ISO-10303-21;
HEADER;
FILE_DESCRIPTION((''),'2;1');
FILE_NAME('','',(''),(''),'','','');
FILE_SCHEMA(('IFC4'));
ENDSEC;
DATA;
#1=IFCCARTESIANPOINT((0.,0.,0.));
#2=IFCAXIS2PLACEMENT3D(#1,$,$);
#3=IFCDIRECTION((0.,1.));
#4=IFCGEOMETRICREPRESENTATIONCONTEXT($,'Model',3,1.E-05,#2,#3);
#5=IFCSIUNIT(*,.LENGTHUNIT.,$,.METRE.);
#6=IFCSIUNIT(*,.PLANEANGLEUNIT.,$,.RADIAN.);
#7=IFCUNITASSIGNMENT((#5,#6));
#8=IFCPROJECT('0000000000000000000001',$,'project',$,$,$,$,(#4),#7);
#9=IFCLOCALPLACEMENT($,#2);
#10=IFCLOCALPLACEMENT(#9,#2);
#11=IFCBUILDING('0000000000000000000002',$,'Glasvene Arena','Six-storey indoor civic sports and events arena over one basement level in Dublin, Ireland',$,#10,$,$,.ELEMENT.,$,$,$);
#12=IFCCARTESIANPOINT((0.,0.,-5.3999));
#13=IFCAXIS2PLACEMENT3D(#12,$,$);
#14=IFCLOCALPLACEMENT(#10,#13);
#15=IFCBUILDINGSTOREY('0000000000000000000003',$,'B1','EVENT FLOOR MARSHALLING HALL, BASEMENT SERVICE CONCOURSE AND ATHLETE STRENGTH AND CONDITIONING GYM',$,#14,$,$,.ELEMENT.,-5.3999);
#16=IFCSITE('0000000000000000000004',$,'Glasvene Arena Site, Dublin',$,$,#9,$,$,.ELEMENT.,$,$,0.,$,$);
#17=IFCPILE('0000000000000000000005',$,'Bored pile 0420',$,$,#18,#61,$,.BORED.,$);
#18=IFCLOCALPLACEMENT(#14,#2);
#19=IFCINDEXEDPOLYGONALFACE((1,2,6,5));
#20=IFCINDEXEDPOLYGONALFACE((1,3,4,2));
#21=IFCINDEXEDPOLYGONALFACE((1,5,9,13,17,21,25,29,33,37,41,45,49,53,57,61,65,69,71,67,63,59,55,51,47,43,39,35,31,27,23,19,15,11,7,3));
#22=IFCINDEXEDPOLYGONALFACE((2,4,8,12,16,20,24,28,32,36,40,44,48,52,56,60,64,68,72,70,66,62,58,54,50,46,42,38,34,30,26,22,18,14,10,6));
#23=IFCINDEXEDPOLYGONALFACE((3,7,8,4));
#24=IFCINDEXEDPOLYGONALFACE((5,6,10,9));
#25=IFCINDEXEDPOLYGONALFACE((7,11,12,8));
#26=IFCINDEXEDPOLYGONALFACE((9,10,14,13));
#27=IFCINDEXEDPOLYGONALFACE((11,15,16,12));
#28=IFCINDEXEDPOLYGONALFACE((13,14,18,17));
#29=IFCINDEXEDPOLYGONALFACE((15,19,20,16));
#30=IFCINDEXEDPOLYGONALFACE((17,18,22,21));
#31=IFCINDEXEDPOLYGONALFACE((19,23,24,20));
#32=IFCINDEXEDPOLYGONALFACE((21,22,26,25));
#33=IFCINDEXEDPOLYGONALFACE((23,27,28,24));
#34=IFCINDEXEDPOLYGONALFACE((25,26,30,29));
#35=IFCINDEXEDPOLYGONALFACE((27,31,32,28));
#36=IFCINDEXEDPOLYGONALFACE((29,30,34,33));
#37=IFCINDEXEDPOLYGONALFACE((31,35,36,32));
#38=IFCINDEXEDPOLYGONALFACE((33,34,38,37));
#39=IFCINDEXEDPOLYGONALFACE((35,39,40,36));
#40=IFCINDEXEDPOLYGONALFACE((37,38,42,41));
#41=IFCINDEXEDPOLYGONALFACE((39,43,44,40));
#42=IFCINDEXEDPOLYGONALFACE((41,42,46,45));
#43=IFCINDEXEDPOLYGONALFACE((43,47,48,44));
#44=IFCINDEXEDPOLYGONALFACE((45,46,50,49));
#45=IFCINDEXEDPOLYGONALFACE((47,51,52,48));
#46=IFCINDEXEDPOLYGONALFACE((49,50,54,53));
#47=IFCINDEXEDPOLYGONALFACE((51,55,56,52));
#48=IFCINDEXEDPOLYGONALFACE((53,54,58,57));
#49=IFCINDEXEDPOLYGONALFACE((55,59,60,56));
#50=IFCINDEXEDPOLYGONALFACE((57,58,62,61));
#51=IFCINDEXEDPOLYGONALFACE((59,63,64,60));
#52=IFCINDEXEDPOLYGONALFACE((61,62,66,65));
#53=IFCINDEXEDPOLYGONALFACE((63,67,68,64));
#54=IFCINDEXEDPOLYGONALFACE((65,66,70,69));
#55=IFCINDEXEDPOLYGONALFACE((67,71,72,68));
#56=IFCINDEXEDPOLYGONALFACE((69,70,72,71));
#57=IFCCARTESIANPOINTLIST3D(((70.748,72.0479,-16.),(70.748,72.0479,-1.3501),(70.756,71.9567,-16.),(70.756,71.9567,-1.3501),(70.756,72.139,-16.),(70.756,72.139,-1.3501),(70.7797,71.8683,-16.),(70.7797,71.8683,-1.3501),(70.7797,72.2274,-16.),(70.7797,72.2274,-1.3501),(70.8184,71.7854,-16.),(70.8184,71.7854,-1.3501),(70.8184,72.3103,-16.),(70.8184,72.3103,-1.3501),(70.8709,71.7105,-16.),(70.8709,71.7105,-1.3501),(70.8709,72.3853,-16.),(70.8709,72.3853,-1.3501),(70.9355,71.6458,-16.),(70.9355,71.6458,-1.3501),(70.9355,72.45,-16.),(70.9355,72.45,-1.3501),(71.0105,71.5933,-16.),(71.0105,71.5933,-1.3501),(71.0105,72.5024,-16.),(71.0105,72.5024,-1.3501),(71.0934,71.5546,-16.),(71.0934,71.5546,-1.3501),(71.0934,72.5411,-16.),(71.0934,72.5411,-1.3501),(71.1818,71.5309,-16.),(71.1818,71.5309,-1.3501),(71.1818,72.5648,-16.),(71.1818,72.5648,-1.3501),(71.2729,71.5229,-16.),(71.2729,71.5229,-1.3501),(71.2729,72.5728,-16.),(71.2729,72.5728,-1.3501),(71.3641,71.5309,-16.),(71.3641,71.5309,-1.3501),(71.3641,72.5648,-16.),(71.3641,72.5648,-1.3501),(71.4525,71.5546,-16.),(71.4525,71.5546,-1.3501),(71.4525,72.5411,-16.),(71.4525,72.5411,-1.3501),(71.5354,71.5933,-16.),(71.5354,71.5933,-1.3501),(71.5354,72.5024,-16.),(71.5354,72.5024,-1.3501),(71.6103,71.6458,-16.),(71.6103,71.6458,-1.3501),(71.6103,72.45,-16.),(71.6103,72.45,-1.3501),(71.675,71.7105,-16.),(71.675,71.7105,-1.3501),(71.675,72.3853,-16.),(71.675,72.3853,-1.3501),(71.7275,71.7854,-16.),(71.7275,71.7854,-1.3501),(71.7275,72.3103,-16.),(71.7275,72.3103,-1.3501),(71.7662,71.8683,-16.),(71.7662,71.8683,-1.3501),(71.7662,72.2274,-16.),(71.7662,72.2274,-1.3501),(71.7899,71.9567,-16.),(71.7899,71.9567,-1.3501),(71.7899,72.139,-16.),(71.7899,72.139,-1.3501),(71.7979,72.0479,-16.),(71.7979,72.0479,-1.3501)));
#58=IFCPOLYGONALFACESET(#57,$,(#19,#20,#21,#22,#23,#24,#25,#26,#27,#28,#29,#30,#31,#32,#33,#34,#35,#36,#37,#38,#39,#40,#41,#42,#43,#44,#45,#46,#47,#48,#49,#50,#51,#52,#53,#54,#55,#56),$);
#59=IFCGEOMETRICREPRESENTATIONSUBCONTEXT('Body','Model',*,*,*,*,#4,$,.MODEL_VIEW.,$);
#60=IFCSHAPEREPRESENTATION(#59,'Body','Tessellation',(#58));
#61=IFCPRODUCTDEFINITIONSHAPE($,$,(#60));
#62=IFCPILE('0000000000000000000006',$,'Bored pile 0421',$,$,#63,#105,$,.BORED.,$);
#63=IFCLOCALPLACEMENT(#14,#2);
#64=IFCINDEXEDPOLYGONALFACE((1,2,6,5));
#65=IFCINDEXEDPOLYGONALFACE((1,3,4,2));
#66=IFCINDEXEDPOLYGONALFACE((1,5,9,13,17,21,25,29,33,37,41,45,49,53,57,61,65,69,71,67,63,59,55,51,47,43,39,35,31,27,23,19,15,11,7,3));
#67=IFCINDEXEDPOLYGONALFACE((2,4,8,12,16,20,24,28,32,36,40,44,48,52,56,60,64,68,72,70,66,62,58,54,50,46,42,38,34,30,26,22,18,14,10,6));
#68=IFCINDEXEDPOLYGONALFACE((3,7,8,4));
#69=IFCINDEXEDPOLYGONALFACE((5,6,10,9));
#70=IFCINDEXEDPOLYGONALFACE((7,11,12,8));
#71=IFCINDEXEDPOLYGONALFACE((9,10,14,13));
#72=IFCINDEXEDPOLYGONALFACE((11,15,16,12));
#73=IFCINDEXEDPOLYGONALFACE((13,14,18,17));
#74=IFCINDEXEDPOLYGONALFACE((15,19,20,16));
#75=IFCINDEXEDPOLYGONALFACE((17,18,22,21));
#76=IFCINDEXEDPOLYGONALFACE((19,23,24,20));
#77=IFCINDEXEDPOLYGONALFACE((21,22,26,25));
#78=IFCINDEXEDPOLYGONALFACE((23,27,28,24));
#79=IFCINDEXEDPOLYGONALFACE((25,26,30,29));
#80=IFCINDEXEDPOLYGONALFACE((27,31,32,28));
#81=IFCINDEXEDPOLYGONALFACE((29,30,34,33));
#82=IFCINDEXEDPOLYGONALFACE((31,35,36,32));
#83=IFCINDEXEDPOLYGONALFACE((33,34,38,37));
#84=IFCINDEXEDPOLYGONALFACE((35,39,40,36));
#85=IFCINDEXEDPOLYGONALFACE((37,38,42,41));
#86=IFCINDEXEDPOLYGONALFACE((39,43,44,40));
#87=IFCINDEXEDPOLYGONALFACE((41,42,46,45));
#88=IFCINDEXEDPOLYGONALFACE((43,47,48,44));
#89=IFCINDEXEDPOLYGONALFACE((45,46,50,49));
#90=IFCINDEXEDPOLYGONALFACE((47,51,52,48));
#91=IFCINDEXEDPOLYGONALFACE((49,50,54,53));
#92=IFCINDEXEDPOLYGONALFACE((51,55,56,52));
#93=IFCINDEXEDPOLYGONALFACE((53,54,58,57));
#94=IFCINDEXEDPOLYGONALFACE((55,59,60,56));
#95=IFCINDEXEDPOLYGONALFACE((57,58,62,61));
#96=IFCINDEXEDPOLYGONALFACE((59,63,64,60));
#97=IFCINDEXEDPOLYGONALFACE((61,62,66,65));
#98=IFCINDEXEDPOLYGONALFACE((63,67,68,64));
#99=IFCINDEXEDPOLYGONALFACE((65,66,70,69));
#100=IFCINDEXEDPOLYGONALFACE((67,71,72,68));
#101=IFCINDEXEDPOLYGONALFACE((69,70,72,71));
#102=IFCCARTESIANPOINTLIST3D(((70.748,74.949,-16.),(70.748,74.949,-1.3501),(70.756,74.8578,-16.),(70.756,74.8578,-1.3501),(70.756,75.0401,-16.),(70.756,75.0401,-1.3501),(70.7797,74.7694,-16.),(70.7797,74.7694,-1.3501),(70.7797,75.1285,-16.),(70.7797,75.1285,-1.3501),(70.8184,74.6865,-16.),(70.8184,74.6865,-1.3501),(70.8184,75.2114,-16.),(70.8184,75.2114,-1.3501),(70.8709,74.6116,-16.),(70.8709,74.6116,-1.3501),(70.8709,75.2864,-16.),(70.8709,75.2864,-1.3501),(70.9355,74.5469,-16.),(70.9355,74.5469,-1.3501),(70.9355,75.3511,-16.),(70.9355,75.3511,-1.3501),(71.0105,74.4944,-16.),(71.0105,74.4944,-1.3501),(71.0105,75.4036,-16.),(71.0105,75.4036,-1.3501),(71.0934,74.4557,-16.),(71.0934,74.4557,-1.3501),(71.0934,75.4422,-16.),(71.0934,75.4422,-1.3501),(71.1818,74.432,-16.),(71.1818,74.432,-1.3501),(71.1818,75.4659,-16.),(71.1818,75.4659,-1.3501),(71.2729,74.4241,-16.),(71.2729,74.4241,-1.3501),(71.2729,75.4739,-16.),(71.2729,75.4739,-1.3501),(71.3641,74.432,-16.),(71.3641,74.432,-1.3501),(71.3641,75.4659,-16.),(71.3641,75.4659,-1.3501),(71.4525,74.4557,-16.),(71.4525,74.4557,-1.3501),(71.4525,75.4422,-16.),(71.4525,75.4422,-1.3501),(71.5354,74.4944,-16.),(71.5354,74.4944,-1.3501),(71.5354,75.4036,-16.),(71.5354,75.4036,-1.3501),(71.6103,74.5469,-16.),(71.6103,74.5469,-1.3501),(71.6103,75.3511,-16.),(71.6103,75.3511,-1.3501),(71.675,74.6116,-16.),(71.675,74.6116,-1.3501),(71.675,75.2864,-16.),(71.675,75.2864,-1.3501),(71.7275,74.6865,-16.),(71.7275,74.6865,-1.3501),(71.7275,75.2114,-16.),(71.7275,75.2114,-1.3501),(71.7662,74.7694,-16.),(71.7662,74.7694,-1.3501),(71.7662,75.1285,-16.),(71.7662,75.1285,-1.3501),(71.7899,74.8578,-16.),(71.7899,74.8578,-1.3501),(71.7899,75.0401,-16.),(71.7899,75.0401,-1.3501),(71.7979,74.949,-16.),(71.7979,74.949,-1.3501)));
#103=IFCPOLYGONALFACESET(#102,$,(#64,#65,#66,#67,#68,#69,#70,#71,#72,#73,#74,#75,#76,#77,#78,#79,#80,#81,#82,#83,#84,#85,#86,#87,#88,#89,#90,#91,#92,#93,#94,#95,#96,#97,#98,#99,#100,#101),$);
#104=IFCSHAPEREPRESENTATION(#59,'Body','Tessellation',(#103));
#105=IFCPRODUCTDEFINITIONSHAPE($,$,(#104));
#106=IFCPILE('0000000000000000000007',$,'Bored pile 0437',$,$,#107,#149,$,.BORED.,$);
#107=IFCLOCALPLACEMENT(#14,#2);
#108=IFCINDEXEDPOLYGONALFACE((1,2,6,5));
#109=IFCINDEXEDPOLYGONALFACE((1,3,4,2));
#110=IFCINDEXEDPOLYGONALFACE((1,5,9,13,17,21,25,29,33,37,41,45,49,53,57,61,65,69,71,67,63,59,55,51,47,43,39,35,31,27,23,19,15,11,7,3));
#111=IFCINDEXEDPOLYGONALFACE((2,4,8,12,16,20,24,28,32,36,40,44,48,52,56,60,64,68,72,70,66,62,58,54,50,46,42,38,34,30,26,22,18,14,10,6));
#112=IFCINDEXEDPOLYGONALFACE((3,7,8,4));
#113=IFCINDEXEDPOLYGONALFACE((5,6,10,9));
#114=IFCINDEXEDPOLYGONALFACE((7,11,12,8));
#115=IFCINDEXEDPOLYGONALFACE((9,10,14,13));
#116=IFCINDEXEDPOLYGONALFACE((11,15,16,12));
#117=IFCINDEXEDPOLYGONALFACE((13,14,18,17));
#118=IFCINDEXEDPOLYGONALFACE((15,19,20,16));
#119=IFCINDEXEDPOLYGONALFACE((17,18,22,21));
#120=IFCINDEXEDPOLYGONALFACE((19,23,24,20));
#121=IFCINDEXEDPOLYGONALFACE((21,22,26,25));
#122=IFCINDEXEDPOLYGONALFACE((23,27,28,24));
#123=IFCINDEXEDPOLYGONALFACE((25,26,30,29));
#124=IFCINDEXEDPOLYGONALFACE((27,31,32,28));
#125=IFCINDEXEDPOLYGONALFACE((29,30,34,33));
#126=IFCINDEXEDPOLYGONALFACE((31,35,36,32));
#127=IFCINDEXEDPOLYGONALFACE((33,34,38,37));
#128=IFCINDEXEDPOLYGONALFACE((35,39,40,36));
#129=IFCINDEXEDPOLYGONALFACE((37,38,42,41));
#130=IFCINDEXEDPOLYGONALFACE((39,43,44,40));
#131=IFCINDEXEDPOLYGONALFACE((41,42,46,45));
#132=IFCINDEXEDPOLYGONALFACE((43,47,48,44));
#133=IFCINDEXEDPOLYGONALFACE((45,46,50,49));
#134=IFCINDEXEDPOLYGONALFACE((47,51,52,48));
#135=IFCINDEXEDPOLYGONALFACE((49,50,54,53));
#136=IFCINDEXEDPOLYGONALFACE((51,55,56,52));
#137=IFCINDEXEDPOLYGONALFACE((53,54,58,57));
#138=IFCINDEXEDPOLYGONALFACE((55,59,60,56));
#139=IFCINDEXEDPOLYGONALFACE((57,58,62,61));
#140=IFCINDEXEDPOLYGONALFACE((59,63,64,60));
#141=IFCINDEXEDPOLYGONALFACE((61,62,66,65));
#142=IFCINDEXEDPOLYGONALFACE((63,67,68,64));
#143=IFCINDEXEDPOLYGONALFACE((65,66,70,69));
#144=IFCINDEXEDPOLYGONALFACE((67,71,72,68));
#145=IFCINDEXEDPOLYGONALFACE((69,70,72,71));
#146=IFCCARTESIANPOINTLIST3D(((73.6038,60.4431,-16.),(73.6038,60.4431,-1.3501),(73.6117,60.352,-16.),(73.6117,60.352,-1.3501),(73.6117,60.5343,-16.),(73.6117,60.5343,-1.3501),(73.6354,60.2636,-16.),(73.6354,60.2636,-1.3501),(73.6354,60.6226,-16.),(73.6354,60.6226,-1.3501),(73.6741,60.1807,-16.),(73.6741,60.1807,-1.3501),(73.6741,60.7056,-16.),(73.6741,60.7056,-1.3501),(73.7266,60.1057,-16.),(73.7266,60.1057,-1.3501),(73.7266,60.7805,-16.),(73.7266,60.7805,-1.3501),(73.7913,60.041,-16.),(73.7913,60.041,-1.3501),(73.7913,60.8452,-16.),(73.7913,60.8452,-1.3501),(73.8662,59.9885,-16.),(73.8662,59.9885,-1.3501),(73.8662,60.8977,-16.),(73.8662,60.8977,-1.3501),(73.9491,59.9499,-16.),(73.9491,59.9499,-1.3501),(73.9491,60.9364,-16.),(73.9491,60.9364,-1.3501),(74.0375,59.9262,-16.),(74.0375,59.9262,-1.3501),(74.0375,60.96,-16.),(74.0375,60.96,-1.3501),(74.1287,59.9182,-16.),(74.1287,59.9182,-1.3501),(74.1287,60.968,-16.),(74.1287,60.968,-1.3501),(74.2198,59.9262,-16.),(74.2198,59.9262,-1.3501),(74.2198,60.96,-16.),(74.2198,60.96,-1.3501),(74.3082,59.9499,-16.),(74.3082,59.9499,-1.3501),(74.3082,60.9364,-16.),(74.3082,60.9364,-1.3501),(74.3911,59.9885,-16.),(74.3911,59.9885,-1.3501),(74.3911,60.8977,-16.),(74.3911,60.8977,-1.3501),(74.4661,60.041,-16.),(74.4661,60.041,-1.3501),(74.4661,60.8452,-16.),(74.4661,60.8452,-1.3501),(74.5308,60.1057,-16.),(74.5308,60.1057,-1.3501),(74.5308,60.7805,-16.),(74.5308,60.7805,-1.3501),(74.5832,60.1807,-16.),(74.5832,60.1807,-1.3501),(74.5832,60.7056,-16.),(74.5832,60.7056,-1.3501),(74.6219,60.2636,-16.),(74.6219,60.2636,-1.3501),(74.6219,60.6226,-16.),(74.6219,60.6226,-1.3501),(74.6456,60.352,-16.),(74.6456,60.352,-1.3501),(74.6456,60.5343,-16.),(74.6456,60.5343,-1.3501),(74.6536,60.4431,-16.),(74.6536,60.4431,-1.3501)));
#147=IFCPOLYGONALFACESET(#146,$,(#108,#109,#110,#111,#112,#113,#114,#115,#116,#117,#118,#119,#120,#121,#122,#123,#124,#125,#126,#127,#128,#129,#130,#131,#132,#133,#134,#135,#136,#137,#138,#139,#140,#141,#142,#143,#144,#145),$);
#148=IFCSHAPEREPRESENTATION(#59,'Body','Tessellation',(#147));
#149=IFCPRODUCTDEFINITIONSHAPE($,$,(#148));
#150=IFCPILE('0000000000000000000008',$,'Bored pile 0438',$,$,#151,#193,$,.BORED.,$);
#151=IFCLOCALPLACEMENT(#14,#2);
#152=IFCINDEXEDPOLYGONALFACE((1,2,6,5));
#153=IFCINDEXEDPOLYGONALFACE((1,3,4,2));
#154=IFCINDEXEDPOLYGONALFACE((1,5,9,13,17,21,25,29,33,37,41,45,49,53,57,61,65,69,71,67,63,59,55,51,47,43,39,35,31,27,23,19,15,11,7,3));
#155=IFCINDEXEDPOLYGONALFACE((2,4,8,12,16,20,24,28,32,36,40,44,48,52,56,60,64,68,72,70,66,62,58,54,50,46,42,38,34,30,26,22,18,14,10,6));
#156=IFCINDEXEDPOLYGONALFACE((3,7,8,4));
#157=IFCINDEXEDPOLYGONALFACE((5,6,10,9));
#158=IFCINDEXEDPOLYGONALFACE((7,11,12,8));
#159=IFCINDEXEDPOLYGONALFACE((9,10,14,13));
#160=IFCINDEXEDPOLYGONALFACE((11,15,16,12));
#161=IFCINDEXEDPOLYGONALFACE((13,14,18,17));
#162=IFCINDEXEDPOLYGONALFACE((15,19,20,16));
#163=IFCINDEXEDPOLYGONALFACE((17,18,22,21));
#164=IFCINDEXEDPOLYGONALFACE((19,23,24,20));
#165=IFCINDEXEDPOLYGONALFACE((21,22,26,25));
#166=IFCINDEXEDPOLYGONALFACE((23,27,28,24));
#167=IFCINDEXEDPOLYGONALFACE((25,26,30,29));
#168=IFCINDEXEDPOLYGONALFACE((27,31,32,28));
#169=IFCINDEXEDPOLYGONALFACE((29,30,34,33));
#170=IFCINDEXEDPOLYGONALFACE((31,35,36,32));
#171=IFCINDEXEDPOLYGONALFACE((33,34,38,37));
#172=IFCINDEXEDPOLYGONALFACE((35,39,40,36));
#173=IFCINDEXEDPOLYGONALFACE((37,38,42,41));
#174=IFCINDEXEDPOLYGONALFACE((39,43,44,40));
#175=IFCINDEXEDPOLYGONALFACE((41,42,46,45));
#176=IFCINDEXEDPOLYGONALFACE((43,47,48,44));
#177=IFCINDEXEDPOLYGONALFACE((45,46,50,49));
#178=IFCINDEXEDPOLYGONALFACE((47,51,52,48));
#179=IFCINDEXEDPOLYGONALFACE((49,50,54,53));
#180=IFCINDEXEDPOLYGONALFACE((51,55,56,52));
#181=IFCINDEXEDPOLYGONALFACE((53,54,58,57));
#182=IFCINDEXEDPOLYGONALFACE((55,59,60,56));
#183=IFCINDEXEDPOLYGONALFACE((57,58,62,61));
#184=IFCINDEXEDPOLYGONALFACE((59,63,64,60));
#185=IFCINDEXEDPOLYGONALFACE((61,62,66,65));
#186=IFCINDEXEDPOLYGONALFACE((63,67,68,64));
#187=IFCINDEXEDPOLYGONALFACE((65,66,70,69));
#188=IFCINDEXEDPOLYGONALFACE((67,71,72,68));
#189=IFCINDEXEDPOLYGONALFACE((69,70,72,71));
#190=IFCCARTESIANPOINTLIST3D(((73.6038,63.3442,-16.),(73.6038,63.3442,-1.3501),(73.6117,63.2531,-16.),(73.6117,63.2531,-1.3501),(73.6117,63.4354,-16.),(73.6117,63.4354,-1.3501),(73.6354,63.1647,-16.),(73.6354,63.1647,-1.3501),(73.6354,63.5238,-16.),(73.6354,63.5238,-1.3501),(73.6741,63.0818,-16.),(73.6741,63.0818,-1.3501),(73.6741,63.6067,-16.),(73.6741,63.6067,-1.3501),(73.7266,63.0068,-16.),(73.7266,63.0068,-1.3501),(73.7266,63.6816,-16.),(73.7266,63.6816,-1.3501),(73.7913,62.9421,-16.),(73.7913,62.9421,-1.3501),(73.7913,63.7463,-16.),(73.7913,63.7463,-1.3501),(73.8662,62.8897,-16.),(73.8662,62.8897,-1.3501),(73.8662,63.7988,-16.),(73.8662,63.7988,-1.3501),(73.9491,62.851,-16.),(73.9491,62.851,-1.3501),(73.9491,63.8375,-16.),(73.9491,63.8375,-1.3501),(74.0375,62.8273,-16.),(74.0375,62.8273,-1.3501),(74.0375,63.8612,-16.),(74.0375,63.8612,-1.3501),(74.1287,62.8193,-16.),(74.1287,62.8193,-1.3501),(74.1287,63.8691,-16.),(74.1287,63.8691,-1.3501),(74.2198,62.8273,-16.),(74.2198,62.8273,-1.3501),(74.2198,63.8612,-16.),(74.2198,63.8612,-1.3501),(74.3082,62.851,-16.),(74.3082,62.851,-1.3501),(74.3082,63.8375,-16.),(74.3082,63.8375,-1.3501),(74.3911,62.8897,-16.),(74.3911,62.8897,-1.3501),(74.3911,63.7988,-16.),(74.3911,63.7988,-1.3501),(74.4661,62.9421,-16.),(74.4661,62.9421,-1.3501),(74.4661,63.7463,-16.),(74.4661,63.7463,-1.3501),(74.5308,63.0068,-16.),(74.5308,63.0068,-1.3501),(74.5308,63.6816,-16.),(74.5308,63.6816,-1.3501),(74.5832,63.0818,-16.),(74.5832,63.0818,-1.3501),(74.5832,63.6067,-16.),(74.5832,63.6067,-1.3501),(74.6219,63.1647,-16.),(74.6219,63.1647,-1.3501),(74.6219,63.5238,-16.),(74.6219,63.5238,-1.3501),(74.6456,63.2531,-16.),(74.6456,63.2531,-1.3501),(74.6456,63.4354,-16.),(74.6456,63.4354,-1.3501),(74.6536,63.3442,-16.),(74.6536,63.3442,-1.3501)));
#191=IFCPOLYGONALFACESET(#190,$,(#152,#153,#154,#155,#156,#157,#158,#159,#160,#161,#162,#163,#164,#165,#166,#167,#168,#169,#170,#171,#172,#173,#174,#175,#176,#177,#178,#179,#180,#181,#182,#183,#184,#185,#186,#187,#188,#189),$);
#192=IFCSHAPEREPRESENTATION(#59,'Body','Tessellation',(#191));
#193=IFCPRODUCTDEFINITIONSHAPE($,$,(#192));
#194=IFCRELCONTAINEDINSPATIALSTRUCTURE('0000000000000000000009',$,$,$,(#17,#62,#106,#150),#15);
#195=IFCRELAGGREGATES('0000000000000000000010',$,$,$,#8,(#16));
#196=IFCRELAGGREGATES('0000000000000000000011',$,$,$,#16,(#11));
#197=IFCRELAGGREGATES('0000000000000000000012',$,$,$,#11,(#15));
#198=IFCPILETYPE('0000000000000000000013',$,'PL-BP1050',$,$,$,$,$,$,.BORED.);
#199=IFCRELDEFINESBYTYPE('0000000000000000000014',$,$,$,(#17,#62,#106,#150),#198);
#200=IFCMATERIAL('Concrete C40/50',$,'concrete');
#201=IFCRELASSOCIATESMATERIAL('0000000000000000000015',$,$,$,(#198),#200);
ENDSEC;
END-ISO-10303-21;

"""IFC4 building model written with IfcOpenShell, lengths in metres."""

from ifc_helpers import new_model, si_unit, direction, frame, origin, origin_2d, place, context, subcontext, project, spatial, circle, extrude, material, material_profile, profile_set, type_object, element, save


model = new_model("IFC4")

# Units and contexts
model_context = context("Model", 3, precision=1e-05, world=origin(), true_north=direction((0.0, 1.0)))
body_context = subcontext(model_context, "Body", "Model", "MODEL_VIEW")
ifc_project = project(units=[si_unit("LENGTHUNIT", "METRE"), si_unit("PLANEANGLEUNIT", "RADIAN")], contexts=[model_context])

# Site, building, storey
site_placement = place(None, origin())
site = spatial("IfcSite", under=ifc_project, at=site_placement, Name="Glasvene Arena Site, Dublin", CompositionType="ELEMENT", RefElevation=0.0)
building_placement = place(site_placement, origin())
building = spatial("IfcBuilding", under=site, at=building_placement, Name="Glasvene Arena", Description="Six-storey indoor civic sports and events arena over one basement level in Dublin, Ireland", CompositionType="ELEMENT")
storey_placement = place(building_placement, frame((0.0, 0.0, -5.3999)))
storey = spatial("IfcBuildingStorey", under=building, at=storey_placement, Name="B1", Description="EVENT FLOOR MARSHALLING HALL, BASEMENT SERVICE CONCOURSE AND ATHLETE STRENGTH AND CONDITIONING GYM", CompositionType="ELEMENT", Elevation=-5.3999)

# Piles
ifc_material_1 = material(Name="Concrete C40/50", Category="concrete")
ifc_material_profile_1 = material_profile(ifc_material_1, circle(Radius=0.5249, at=origin_2d()), Name="BORED PILE 1050")
ifc_profile_set_1 = profile_set([ifc_material_profile_1], Name="Concrete C40/50")
pile_type = type_object("IfcPileType", Name="PL-BP1050", PredefinedType="BORED", material=ifc_profile_set_1)
for number, where, z_axis, x_axis, name in (
    (1, (71.2729, 72.0479, -1.3501), (0.0, 0.0, -1.0), (1.0, 0.0, 0.0), "Bored pile 0420"),
    (2, (71.2729, 74.949, -1.3501), (0.0, 0.0, -1.0), (1.0, 0.0, 0.0), "Bored pile 0421"),
    (3, (74.1287, 60.4431, -1.3501), (0.0, 0.0, -1.0), (1.0, 0.0, 0.0), "Bored pile 0437"),
    (4, (74.1287, 63.3442, -1.3501), (0.0, 0.0, -1.0), (1.0, 0.0, 0.0), "Bored pile 0438"),
):
    element("IfcPile", number, at=place(storey_placement, frame(where, z_axis=z_axis, x_axis=x_axis)), inside=storey, type_object=pile_type, Name=name, PredefinedType="BORED", context=body_context, shape_type="SweptSolid", body=[
        extrude(circle(Radius=0.5249, at=origin_2d()), origin(), (0.0, 0.0, 1.0), 14.6499),
    ])

save(model, "model.ifc")
